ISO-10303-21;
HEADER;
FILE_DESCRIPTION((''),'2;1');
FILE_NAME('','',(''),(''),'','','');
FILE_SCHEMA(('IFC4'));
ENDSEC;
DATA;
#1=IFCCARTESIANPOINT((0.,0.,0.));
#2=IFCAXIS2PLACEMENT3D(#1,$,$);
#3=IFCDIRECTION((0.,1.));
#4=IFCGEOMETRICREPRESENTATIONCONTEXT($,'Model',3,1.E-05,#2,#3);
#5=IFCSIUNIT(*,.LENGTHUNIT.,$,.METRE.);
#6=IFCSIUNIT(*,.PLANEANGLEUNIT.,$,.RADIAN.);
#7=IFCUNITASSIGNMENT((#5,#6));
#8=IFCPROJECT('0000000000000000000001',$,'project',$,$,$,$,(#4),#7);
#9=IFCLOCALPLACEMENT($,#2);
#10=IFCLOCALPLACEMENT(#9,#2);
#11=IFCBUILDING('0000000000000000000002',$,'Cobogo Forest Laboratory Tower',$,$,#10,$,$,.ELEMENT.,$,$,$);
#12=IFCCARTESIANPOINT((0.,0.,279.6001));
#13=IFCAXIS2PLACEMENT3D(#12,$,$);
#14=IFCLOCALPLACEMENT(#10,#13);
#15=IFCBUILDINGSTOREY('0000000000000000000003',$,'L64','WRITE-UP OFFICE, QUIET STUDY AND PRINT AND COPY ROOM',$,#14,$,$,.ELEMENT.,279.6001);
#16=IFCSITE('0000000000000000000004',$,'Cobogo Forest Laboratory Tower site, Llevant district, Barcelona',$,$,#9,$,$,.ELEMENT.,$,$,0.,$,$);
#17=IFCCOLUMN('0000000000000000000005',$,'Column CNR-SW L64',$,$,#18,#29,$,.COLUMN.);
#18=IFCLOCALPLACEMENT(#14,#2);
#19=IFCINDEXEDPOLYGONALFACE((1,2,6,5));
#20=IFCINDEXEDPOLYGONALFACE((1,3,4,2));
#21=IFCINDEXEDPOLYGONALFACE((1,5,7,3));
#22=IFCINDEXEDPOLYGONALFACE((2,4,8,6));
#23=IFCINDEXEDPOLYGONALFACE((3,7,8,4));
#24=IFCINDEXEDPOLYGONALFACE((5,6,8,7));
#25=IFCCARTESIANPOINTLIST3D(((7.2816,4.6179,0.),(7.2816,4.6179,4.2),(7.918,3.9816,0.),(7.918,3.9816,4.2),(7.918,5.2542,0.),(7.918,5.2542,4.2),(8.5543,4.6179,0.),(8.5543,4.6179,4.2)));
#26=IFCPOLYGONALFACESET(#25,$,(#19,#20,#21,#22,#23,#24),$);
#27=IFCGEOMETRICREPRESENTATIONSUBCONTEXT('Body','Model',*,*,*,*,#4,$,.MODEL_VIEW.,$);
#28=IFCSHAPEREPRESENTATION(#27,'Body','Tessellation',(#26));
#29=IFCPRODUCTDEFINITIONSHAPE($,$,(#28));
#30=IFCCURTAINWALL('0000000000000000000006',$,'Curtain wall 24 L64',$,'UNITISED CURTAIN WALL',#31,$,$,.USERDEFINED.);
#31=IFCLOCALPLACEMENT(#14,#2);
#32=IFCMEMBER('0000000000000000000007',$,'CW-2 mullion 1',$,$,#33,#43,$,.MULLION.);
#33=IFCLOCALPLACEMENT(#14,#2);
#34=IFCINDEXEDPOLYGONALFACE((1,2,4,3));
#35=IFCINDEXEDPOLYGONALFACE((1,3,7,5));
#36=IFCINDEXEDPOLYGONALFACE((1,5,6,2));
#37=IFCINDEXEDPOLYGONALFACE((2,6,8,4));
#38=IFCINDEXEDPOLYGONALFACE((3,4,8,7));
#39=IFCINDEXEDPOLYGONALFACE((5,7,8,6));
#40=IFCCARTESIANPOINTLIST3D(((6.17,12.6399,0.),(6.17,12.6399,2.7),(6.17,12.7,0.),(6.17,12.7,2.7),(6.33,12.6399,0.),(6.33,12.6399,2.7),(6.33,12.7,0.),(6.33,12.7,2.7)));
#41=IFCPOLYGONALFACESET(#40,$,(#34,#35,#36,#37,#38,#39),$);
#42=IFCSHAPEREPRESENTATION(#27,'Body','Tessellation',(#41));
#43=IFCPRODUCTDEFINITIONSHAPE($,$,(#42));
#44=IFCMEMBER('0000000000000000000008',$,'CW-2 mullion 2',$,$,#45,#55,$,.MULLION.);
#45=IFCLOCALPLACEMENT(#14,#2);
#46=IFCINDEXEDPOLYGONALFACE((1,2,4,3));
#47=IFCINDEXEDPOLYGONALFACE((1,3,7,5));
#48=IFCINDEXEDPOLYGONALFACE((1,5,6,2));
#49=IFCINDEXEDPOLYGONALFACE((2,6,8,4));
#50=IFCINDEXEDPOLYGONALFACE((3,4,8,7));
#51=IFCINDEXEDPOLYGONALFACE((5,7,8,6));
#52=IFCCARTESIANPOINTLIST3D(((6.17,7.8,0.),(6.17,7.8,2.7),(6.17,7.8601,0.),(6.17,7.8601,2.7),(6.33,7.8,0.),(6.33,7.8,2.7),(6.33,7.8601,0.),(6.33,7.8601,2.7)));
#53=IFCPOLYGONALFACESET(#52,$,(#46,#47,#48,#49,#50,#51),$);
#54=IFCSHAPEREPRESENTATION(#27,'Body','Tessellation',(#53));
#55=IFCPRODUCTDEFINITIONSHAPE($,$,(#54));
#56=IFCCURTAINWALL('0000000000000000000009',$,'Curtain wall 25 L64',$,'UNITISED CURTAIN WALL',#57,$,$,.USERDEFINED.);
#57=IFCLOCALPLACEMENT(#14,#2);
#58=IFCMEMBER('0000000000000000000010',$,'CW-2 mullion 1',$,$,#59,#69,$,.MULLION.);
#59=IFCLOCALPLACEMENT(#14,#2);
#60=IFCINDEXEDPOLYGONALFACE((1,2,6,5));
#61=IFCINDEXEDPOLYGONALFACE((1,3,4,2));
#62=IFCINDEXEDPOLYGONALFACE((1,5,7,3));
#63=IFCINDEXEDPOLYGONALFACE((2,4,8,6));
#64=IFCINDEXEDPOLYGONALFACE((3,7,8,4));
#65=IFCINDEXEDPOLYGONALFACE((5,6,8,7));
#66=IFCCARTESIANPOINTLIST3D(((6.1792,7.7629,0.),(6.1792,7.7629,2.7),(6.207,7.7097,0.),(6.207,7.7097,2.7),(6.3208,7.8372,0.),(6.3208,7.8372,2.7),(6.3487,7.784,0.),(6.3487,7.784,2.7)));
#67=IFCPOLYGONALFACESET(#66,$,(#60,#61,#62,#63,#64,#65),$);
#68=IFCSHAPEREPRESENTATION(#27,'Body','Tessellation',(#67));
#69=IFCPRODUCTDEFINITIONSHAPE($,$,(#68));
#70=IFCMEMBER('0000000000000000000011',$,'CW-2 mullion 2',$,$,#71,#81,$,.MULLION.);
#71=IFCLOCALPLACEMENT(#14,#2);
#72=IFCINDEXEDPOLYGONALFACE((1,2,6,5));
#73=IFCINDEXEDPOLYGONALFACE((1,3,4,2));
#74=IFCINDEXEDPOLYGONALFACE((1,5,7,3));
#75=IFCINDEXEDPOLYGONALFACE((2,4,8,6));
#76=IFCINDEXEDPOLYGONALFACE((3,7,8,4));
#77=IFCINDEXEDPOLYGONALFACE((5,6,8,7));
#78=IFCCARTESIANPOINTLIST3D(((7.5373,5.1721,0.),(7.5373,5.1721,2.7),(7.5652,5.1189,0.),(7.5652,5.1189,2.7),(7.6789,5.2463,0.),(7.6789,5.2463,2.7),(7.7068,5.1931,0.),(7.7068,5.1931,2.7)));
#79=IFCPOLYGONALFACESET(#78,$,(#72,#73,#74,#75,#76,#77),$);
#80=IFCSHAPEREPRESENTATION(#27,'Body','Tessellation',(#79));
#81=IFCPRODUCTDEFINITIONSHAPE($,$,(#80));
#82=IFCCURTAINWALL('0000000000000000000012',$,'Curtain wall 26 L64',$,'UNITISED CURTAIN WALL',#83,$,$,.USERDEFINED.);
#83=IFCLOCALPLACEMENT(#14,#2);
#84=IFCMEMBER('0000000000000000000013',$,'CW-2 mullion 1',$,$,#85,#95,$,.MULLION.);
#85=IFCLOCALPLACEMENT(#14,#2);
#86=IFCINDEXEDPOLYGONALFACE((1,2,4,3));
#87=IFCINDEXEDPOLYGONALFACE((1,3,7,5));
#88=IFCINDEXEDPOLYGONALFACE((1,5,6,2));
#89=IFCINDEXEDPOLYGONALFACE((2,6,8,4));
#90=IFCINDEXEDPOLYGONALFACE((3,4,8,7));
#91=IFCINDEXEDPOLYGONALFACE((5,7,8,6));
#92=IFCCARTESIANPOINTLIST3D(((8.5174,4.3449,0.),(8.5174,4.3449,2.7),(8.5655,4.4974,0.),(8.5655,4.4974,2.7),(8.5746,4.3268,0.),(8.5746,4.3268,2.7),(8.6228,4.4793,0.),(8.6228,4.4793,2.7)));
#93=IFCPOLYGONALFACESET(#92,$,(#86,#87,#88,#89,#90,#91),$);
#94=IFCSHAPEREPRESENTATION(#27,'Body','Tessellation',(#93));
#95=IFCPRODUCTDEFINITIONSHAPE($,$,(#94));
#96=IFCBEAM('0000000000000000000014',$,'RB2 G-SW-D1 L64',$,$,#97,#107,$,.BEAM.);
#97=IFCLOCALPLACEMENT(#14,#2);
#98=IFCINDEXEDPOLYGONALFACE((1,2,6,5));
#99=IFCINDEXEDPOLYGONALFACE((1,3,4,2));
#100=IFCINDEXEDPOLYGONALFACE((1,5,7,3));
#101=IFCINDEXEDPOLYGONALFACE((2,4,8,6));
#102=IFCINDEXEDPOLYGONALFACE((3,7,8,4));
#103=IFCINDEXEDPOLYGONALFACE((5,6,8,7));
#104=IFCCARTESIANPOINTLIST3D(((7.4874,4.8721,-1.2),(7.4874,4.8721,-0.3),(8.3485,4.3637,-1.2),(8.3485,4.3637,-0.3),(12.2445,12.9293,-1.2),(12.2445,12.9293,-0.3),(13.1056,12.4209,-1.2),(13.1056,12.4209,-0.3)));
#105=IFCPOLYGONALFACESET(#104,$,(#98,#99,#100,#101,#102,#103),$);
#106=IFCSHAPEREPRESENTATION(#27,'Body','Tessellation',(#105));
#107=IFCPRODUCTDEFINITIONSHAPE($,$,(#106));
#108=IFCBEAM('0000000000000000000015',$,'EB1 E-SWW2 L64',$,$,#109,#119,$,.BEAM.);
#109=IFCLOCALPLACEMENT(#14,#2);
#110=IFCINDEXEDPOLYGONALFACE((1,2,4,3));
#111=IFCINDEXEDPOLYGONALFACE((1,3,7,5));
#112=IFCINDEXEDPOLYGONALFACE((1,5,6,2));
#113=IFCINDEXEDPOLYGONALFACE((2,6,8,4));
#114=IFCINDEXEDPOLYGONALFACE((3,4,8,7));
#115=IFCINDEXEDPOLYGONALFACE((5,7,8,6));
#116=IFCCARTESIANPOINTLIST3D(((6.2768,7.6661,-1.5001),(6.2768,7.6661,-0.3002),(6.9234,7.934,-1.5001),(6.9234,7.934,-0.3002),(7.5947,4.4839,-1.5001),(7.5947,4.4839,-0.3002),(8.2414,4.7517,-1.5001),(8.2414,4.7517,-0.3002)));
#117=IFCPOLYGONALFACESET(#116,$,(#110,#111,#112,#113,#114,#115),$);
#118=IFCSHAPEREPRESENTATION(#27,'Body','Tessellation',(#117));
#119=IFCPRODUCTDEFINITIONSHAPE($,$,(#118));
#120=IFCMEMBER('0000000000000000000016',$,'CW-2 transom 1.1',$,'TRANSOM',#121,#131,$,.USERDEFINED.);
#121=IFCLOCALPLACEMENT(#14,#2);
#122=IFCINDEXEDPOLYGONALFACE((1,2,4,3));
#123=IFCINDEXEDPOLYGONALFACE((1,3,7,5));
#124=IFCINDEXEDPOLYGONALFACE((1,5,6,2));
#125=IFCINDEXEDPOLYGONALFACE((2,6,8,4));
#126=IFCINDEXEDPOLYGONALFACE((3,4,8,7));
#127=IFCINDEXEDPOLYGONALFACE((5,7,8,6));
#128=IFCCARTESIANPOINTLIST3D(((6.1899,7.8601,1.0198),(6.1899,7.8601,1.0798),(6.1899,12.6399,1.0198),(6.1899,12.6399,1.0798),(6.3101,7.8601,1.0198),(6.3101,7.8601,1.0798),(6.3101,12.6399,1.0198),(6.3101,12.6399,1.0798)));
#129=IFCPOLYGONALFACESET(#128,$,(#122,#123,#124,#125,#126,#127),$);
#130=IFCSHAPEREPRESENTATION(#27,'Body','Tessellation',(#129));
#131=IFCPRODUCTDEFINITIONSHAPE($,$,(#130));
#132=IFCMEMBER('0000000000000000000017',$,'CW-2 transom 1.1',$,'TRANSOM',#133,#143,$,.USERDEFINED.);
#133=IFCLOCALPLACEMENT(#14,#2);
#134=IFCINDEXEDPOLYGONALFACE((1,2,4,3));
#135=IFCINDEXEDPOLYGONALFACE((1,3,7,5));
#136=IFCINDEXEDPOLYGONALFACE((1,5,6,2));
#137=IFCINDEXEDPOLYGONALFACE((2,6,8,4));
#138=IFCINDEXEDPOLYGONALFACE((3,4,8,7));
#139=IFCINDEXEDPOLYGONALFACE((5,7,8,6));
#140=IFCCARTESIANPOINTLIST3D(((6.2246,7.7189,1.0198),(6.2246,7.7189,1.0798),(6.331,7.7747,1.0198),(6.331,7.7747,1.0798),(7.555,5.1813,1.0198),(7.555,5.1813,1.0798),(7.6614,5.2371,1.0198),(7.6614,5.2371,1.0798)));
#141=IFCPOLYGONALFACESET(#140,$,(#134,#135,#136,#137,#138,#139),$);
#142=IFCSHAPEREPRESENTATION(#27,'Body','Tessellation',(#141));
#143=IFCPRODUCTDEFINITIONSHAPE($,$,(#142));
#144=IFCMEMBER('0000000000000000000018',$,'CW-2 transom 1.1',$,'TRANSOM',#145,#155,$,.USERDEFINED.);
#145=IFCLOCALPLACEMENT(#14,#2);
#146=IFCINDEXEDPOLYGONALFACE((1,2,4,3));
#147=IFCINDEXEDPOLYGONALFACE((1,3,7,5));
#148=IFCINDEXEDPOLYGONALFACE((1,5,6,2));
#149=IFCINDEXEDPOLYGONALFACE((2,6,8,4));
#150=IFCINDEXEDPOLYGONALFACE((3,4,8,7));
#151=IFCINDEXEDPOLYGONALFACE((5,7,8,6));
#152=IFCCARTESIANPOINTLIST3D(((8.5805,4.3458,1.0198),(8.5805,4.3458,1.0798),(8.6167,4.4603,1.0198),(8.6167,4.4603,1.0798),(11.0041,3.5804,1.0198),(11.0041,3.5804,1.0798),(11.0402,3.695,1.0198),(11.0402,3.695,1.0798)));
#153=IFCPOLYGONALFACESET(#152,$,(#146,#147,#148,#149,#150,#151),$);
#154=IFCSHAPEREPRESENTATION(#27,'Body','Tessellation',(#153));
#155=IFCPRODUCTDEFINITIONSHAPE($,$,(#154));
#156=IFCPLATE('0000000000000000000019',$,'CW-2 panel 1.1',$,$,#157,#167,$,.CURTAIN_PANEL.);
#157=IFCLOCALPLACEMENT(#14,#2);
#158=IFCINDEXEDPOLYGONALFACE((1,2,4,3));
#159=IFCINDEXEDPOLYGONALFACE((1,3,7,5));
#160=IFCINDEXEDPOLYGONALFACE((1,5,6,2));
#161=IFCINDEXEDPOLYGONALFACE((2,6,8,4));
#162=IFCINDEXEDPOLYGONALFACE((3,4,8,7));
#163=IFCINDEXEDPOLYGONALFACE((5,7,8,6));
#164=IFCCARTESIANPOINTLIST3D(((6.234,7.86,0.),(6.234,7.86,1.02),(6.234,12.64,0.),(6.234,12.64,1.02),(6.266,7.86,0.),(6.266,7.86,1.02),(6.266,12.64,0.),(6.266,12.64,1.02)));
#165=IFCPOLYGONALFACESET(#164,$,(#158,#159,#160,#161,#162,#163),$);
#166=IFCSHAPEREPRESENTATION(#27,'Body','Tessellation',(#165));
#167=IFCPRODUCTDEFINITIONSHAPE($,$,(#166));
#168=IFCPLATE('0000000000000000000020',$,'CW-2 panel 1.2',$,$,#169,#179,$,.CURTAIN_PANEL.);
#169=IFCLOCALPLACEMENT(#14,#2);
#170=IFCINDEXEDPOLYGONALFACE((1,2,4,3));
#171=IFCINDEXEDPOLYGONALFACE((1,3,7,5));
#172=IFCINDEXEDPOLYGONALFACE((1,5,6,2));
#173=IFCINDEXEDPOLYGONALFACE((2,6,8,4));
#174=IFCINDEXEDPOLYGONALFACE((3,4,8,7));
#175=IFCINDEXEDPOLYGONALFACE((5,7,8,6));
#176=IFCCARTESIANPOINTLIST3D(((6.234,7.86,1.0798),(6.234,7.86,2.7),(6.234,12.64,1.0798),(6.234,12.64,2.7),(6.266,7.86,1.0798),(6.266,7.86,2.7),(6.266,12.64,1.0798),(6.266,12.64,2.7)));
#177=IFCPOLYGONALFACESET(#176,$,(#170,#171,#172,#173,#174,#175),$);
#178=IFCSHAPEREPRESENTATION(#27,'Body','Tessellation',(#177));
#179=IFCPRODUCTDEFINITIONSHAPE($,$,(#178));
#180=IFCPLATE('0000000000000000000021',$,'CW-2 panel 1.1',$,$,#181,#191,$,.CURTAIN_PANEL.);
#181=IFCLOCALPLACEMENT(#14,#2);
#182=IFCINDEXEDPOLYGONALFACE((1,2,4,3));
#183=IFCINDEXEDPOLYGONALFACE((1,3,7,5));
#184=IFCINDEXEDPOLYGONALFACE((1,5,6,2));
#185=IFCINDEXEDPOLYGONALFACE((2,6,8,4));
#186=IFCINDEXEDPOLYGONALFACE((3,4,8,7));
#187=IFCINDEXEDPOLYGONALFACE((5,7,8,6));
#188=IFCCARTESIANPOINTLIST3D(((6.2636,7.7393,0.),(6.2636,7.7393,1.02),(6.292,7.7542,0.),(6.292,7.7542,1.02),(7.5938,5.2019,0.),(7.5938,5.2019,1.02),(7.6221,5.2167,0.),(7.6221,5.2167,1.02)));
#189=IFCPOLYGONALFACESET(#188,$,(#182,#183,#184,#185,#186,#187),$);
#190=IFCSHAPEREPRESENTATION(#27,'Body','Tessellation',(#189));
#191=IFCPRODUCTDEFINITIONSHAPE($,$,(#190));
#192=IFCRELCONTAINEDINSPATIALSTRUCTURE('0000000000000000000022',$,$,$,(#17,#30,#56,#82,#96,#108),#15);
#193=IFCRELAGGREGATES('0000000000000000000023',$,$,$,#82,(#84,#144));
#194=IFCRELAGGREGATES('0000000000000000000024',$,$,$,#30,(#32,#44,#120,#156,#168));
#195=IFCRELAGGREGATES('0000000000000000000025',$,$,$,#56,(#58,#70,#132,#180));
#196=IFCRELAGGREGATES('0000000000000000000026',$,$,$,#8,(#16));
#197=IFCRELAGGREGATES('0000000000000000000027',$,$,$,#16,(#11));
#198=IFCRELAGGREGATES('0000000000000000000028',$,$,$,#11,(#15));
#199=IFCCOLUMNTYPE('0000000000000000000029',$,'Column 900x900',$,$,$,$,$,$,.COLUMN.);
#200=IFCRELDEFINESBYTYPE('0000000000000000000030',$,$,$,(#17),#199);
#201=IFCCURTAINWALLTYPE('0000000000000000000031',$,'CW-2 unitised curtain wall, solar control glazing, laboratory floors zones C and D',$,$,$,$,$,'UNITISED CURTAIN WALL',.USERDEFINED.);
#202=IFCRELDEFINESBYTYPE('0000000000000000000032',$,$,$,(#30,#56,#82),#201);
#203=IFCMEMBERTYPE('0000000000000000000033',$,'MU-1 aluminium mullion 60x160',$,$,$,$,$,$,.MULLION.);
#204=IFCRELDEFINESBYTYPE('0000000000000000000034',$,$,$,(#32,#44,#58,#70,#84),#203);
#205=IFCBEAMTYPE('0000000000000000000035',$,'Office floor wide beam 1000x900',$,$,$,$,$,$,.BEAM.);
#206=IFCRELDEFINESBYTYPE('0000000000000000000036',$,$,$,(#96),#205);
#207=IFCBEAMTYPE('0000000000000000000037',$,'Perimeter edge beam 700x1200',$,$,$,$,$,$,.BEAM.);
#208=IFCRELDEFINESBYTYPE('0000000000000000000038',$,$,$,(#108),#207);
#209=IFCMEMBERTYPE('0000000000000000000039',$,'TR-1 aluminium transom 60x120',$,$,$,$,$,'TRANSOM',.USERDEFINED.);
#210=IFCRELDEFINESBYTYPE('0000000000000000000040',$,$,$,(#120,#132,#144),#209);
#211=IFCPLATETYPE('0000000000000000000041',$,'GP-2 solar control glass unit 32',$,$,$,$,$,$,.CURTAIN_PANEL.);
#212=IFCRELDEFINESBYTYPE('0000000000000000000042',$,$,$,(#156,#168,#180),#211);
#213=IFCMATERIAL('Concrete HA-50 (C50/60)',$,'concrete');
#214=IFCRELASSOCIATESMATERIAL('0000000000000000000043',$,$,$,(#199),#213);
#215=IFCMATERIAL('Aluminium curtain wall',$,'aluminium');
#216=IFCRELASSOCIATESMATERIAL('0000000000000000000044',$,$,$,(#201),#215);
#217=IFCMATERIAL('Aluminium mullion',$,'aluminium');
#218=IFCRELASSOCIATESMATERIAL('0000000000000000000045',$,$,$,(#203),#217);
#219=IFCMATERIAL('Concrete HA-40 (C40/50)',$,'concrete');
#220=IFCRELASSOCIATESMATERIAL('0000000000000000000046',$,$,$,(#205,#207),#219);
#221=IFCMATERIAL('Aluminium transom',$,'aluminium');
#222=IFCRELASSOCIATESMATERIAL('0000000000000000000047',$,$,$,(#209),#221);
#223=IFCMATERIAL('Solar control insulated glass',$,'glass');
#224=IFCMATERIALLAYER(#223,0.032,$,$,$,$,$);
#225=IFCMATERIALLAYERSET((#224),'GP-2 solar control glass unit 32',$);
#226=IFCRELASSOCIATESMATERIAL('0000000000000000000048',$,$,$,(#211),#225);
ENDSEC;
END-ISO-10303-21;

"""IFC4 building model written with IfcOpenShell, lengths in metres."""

from ifc_helpers import new_model, si_unit, direction, frame, origin, origin_2d, place, context, subcontext, project, spatial, rectangle, extrude, material, layer, layer_set, material_profile, profile_set, type_object, element, aggregate, save


model = new_model("IFC4")

# Units and contexts
model_context = context("Model", 3, precision=1e-05, world=origin(), true_north=direction((0.0, 1.0)))
body_context = subcontext(model_context, "Body", "Model", "MODEL_VIEW")
ifc_project = project(units=[si_unit("LENGTHUNIT", "METRE"), si_unit("PLANEANGLEUNIT", "RADIAN")], contexts=[model_context])

# Site, building, storey
site_placement = place(None, origin())
site = spatial("IfcSite", under=ifc_project, at=site_placement, Name="Cobogo Forest Laboratory Tower site, Llevant district, Barcelona", CompositionType="ELEMENT", RefElevation=0.0)
building_placement = place(site_placement, origin())
building = spatial("IfcBuilding", under=site, at=building_placement, Name="Cobogo Forest Laboratory Tower", CompositionType="ELEMENT")
storey_placement = place(building_placement, frame((0.0, 0.0, 279.6001)))
storey = spatial("IfcBuildingStorey", under=building, at=storey_placement, Name="L64", Description="WRITE-UP OFFICE, QUIET STUDY AND PRINT AND COPY ROOM", CompositionType="ELEMENT", Elevation=279.6001)

# Column
ifc_material_1 = material(Name="Concrete HA-50 (C50/60)", Category="concrete")
ifc_material_profile_1 = material_profile(ifc_material_1, rectangle(XDim=0.8999, YDim=0.8999, at=origin_2d()), Name="RC 900x900")
ifc_profile_set_1 = profile_set([ifc_material_profile_1], Name="Concrete HA-50 (C50/60)")
column_type = type_object("IfcColumnType", Name="Column 900x900", PredefinedType="COLUMN", material=ifc_profile_set_1)
column_placement = place(storey_placement, frame((7.918, 4.6179, 0.0), z_axis=(0.0, 0.0, 1.0), x_axis=(0.707107, 0.707107, 0.0)))
element("IfcColumn", 1, at=column_placement, inside=storey, type_object=column_type, Name="Column CNR-SW L64", PredefinedType="COLUMN", context=body_context, shape_type="SweptSolid", body=[
    extrude(rectangle(XDim=0.8999, YDim=0.8999, at=origin_2d()), origin(), (0.0, 0.0, 1.0), 4.2),
])

# Curtain walls, members
ifc_material_2 = material(Name="Aluminium curtain wall", Category="aluminium")
curtain_wall_type = type_object("IfcCurtainWallType", Name="CW-2 unitised curtain wall, solar control glazing, laboratory floors zones C and D", ElementType="UNITISED CURTAIN WALL", PredefinedType="USERDEFINED", material=ifc_material_2)
curtain_wall_1_placement = place(storey_placement, origin())
curtain_wall_1 = element("IfcCurtainWall", 2, at=curtain_wall_1_placement, inside=storey, type_object=curtain_wall_type, Name="Curtain wall 24 L64", ObjectType="UNITISED CURTAIN WALL", PredefinedType="USERDEFINED")
ifc_material_3 = material(Name="Aluminium mullion", Category="aluminium")
ifc_material_profile_2 = material_profile(ifc_material_3, rectangle(XDim=0.0601, YDim=0.1599, at=origin_2d()), Name="AL 60x160")
ifc_profile_set_2 = profile_set([ifc_material_profile_2], Name="Aluminium mullion")
member_type_1 = type_object("IfcMemberType", Name="MU-1 aluminium mullion 60x160", PredefinedType="MULLION", material=ifc_profile_set_2)
member_1_placement = place(storey_placement, frame((6.25, 12.6699, 0.0), z_axis=(0.0, 0.0, 1.0), x_axis=(0.0, -1.0, 0.0)))
member_1 = element("IfcMember", 3, at=member_1_placement, type_object=member_type_1, Name="CW-2 mullion 1", PredefinedType="MULLION", context=body_context, shape_type="SweptSolid", body=[
    extrude(rectangle(XDim=0.0601, YDim=0.1599, at=origin_2d()), origin(), (0.0, 0.0, 1.0), 2.7),
])
member_2_placement = place(storey_placement, frame((6.25, 7.8301, 0.0), z_axis=(0.0, 0.0, 1.0), x_axis=(0.0, -1.0, 0.0)))
member_2 = element("IfcMember", 4, at=member_2_placement, type_object=member_type_1, Name="CW-2 mullion 2", PredefinedType="MULLION", context=body_context, shape_type="SweptSolid", body=[
    extrude(rectangle(XDim=0.0601, YDim=0.1599, at=origin_2d()), origin(), (0.0, 0.0, 1.0), 2.7),
])
curtain_wall_2_placement = place(storey_placement, origin())
curtain_wall_2 = element("IfcCurtainWall", 5, at=curtain_wall_2_placement, inside=storey, type_object=curtain_wall_type, Name="Curtain wall 25 L64", ObjectType="UNITISED CURTAIN WALL", PredefinedType="USERDEFINED")
member_3_placement = place(storey_placement, frame((6.2639, 7.7734, 0.0), z_axis=(0.0, 0.0, 1.0), x_axis=(0.464284, -0.885686, 0.0)))
member_3 = element("IfcMember", 6, at=member_3_placement, type_object=member_type_1, Name="CW-2 mullion 1", PredefinedType="MULLION", context=body_context, shape_type="SweptSolid", body=[
    extrude(rectangle(XDim=0.0601, YDim=0.1599, at=origin_2d()), origin(), (0.0, 0.0, 1.0), 2.7),
])
member_4_placement = place(storey_placement, frame((7.6221, 5.1826, 0.0), z_axis=(0.0, 0.0, 1.0), x_axis=(0.464284, -0.885686, 0.0)))
member_4 = element("IfcMember", 7, at=member_4_placement, type_object=member_type_1, Name="CW-2 mullion 2", PredefinedType="MULLION", context=body_context, shape_type="SweptSolid", body=[
    extrude(rectangle(XDim=0.0601, YDim=0.1599, at=origin_2d()), origin(), (0.0, 0.0, 1.0), 2.7),
])

# Curtain wall, member
curtain_wall_3_placement = place(storey_placement, origin())
curtain_wall_3 = element("IfcCurtainWall", 8, at=curtain_wall_3_placement, inside=storey, type_object=curtain_wall_type, Name="Curtain wall 26 L64", ObjectType="UNITISED CURTAIN WALL", PredefinedType="USERDEFINED")
member_5_placement = place(storey_placement, frame((8.5701, 4.4121, 0.0), z_axis=(0.0, 0.0, 1.0), x_axis=(0.953581, -0.301135, 0.0)))
member_5 = element("IfcMember", 9, at=member_5_placement, type_object=member_type_1, Name="CW-2 mullion 1", PredefinedType="MULLION", context=body_context, shape_type="SweptSolid", body=[
    extrude(rectangle(XDim=0.0601, YDim=0.1599, at=origin_2d()), origin(), (0.0, 0.0, 1.0), 2.7),
])

# Beams
ifc_material_4 = material(Name="Concrete HA-40 (C40/50)", Category="concrete")
ifc_material_profile_3 = material_profile(ifc_material_4, rectangle(XDim=1.0, YDim=0.8999, at=origin_2d()), Name="RC 1000x900")
ifc_profile_set_3 = profile_set([ifc_material_profile_3], Name="Concrete HA-40 (C40/50)")
beam_type_1 = type_object("IfcBeamType", Name="Office floor wide beam 1000x900", PredefinedType="BEAM", material=ifc_profile_set_3)
beam_1_placement = place(storey_placement, frame((7.918, 4.6179, -0.75), z_axis=(0.508416, 0.861111, 0.0), x_axis=(-0.861111, 0.508416, 0.0)))
element("IfcBeam", 10, at=beam_1_placement, inside=storey, type_object=beam_type_1, Name="RB2 G-SW-D1 L64", PredefinedType="BEAM", context=body_context, shape_type="SweptSolid", body=[
    extrude(rectangle(XDim=1.0, YDim=0.8999, at=origin_2d()), origin(), (0.0, 0.0, 1.0), 9.3567),
])
ifc_material_profile_4 = material_profile(ifc_material_4, rectangle(XDim=0.7, YDim=1.2, at=origin_2d()), Name="RC 700x1200")
ifc_profile_set_4 = profile_set([ifc_material_profile_4], Name="Concrete HA-40 (C40/50)")
beam_type_2 = type_object("IfcBeamType", Name="Perimeter edge beam 700x1200", PredefinedType="BEAM", material=ifc_profile_set_4)
beam_2_placement = place(storey_placement, frame((6.6001, 7.8, -0.9001), z_axis=(0.382631, -0.923901, 0.0), x_axis=(0.923901, 0.382631, 0.0)))
element("IfcBeam", 11, at=beam_2_placement, inside=storey, type_object=beam_type_2, Name="EB1 E-SWW2 L64", PredefinedType="BEAM", context=body_context, shape_type="SweptSolid", body=[
    extrude(rectangle(XDim=0.7, YDim=1.2, at=origin_2d()), origin(), (0.0, 0.0, 1.0), 3.4443),
])

# Members
ifc_material_5 = material(Name="Aluminium transom", Category="aluminium")
ifc_material_profile_5 = material_profile(ifc_material_5, rectangle(XDim=0.1201, YDim=0.0601, at=origin_2d()), Name="AL 60x120")
ifc_profile_set_5 = profile_set([ifc_material_profile_5], Name="Aluminium transom")
member_type_2 = type_object("IfcMemberType", Name="TR-1 aluminium transom 60x120", ElementType="TRANSOM", PredefinedType="USERDEFINED", material=ifc_profile_set_5)
member_6_placement = place(storey_placement, frame((6.25, 12.6399, 1.0498), z_axis=(0.0, -1.0, 0.0), x_axis=(1.0, 0.0, 0.0)))
member_6 = element("IfcMember", 12, at=member_6_placement, type_object=member_type_2, Name="CW-2 transom 1.1", ObjectType="TRANSOM", PredefinedType="USERDEFINED", context=body_context, shape_type="SweptSolid", body=[
    extrude(rectangle(XDim=0.1201, YDim=0.0601, at=origin_2d()), origin(), (0.0, 0.0, 1.0), 4.7798),
])
member_7_placement = place(storey_placement, frame((6.2778, 7.7468, 1.0498), z_axis=(0.464309, -0.885673, 0.0), x_axis=(0.885673, 0.464309, 0.0)))
member_7 = element("IfcMember", 13, at=member_7_placement, type_object=member_type_2, Name="CW-2 transom 1.1", ObjectType="TRANSOM", PredefinedType="USERDEFINED", context=body_context, shape_type="SweptSolid", body=[
    extrude(rectangle(XDim=0.1201, YDim=0.0601, at=origin_2d()), origin(), (0.0, 0.0, 1.0), 2.8652),
])
member_8_placement = place(storey_placement, frame((8.5986, 4.4031, 1.0498), z_axis=(0.953578, -0.301145, 0.0), x_axis=(0.301145, 0.953578, 0.0)))
member_8 = element("IfcMember", 14, at=member_8_placement, type_object=member_type_2, Name="CW-2 transom 1.1", ObjectType="TRANSOM", PredefinedType="USERDEFINED", context=body_context, shape_type="SweptSolid", body=[
    extrude(rectangle(XDim=0.1201, YDim=0.0601, at=origin_2d()), origin(), (0.0, 0.0, 1.0), 2.5415),
])
aggregate(curtain_wall_3, [member_5, member_8])

# Plates
ifc_material_6 = material(Name="Solar control insulated glass", Category="glass")
ifc_layer_1 = layer(ifc_material_6, 0.032)
ifc_layer_set_1 = layer_set([ifc_layer_1], Name="GP-2 solar control glass unit 32")
plate_type = type_object("IfcPlateType", Name="GP-2 solar control glass unit 32", PredefinedType="CURTAIN_PANEL", material=ifc_layer_set_1)
plate_1_placement = place(storey_placement, frame((6.25, 10.25, 0.0), z_axis=(0.0, 0.0, 1.0), x_axis=(0.0, -1.0, 0.0)))
plate_1 = element("IfcPlate", 15, at=plate_1_placement, type_object=plate_type, Name="CW-2 panel 1.1", PredefinedType="CURTAIN_PANEL", context=body_context, shape_type="SweptSolid", body=[
    extrude(rectangle(XDim=4.78, YDim=0.032, at=origin_2d()), origin(), (0.0, 0.0, 1.0), 1.02),
])
plate_2_placement = place(storey_placement, frame((6.25, 10.25, 1.0798), z_axis=(0.0, 0.0, 1.0), x_axis=(0.0, -1.0, 0.0)))
plate_2 = element("IfcPlate", 16, at=plate_2_placement, type_object=plate_type, Name="CW-2 panel 1.2", PredefinedType="CURTAIN_PANEL", context=body_context, shape_type="SweptSolid", body=[
    extrude(rectangle(XDim=4.78, YDim=0.032, at=origin_2d()), origin(), (0.0, 0.0, 1.0), 1.6201),
])
aggregate(curtain_wall_1, [member_1, member_2, member_6, plate_1, plate_2])
plate_3_placement = place(storey_placement, frame((6.9429, 6.478, 0.0), z_axis=(0.0, 0.0, 1.0), x_axis=(0.464284, -0.885686, 0.0)))
plate_3 = element("IfcPlate", 17, at=plate_3_placement, type_object=plate_type, Name="CW-2 panel 1.1", PredefinedType="CURTAIN_PANEL", context=body_context, shape_type="SweptSolid", body=[
    extrude(rectangle(XDim=2.865, YDim=0.032, at=origin_2d()), origin(), (0.0, 0.0, 1.0), 1.02),
])
aggregate(curtain_wall_2, [member_3, member_4, member_7, plate_3])

save(model, "model.ifc")
